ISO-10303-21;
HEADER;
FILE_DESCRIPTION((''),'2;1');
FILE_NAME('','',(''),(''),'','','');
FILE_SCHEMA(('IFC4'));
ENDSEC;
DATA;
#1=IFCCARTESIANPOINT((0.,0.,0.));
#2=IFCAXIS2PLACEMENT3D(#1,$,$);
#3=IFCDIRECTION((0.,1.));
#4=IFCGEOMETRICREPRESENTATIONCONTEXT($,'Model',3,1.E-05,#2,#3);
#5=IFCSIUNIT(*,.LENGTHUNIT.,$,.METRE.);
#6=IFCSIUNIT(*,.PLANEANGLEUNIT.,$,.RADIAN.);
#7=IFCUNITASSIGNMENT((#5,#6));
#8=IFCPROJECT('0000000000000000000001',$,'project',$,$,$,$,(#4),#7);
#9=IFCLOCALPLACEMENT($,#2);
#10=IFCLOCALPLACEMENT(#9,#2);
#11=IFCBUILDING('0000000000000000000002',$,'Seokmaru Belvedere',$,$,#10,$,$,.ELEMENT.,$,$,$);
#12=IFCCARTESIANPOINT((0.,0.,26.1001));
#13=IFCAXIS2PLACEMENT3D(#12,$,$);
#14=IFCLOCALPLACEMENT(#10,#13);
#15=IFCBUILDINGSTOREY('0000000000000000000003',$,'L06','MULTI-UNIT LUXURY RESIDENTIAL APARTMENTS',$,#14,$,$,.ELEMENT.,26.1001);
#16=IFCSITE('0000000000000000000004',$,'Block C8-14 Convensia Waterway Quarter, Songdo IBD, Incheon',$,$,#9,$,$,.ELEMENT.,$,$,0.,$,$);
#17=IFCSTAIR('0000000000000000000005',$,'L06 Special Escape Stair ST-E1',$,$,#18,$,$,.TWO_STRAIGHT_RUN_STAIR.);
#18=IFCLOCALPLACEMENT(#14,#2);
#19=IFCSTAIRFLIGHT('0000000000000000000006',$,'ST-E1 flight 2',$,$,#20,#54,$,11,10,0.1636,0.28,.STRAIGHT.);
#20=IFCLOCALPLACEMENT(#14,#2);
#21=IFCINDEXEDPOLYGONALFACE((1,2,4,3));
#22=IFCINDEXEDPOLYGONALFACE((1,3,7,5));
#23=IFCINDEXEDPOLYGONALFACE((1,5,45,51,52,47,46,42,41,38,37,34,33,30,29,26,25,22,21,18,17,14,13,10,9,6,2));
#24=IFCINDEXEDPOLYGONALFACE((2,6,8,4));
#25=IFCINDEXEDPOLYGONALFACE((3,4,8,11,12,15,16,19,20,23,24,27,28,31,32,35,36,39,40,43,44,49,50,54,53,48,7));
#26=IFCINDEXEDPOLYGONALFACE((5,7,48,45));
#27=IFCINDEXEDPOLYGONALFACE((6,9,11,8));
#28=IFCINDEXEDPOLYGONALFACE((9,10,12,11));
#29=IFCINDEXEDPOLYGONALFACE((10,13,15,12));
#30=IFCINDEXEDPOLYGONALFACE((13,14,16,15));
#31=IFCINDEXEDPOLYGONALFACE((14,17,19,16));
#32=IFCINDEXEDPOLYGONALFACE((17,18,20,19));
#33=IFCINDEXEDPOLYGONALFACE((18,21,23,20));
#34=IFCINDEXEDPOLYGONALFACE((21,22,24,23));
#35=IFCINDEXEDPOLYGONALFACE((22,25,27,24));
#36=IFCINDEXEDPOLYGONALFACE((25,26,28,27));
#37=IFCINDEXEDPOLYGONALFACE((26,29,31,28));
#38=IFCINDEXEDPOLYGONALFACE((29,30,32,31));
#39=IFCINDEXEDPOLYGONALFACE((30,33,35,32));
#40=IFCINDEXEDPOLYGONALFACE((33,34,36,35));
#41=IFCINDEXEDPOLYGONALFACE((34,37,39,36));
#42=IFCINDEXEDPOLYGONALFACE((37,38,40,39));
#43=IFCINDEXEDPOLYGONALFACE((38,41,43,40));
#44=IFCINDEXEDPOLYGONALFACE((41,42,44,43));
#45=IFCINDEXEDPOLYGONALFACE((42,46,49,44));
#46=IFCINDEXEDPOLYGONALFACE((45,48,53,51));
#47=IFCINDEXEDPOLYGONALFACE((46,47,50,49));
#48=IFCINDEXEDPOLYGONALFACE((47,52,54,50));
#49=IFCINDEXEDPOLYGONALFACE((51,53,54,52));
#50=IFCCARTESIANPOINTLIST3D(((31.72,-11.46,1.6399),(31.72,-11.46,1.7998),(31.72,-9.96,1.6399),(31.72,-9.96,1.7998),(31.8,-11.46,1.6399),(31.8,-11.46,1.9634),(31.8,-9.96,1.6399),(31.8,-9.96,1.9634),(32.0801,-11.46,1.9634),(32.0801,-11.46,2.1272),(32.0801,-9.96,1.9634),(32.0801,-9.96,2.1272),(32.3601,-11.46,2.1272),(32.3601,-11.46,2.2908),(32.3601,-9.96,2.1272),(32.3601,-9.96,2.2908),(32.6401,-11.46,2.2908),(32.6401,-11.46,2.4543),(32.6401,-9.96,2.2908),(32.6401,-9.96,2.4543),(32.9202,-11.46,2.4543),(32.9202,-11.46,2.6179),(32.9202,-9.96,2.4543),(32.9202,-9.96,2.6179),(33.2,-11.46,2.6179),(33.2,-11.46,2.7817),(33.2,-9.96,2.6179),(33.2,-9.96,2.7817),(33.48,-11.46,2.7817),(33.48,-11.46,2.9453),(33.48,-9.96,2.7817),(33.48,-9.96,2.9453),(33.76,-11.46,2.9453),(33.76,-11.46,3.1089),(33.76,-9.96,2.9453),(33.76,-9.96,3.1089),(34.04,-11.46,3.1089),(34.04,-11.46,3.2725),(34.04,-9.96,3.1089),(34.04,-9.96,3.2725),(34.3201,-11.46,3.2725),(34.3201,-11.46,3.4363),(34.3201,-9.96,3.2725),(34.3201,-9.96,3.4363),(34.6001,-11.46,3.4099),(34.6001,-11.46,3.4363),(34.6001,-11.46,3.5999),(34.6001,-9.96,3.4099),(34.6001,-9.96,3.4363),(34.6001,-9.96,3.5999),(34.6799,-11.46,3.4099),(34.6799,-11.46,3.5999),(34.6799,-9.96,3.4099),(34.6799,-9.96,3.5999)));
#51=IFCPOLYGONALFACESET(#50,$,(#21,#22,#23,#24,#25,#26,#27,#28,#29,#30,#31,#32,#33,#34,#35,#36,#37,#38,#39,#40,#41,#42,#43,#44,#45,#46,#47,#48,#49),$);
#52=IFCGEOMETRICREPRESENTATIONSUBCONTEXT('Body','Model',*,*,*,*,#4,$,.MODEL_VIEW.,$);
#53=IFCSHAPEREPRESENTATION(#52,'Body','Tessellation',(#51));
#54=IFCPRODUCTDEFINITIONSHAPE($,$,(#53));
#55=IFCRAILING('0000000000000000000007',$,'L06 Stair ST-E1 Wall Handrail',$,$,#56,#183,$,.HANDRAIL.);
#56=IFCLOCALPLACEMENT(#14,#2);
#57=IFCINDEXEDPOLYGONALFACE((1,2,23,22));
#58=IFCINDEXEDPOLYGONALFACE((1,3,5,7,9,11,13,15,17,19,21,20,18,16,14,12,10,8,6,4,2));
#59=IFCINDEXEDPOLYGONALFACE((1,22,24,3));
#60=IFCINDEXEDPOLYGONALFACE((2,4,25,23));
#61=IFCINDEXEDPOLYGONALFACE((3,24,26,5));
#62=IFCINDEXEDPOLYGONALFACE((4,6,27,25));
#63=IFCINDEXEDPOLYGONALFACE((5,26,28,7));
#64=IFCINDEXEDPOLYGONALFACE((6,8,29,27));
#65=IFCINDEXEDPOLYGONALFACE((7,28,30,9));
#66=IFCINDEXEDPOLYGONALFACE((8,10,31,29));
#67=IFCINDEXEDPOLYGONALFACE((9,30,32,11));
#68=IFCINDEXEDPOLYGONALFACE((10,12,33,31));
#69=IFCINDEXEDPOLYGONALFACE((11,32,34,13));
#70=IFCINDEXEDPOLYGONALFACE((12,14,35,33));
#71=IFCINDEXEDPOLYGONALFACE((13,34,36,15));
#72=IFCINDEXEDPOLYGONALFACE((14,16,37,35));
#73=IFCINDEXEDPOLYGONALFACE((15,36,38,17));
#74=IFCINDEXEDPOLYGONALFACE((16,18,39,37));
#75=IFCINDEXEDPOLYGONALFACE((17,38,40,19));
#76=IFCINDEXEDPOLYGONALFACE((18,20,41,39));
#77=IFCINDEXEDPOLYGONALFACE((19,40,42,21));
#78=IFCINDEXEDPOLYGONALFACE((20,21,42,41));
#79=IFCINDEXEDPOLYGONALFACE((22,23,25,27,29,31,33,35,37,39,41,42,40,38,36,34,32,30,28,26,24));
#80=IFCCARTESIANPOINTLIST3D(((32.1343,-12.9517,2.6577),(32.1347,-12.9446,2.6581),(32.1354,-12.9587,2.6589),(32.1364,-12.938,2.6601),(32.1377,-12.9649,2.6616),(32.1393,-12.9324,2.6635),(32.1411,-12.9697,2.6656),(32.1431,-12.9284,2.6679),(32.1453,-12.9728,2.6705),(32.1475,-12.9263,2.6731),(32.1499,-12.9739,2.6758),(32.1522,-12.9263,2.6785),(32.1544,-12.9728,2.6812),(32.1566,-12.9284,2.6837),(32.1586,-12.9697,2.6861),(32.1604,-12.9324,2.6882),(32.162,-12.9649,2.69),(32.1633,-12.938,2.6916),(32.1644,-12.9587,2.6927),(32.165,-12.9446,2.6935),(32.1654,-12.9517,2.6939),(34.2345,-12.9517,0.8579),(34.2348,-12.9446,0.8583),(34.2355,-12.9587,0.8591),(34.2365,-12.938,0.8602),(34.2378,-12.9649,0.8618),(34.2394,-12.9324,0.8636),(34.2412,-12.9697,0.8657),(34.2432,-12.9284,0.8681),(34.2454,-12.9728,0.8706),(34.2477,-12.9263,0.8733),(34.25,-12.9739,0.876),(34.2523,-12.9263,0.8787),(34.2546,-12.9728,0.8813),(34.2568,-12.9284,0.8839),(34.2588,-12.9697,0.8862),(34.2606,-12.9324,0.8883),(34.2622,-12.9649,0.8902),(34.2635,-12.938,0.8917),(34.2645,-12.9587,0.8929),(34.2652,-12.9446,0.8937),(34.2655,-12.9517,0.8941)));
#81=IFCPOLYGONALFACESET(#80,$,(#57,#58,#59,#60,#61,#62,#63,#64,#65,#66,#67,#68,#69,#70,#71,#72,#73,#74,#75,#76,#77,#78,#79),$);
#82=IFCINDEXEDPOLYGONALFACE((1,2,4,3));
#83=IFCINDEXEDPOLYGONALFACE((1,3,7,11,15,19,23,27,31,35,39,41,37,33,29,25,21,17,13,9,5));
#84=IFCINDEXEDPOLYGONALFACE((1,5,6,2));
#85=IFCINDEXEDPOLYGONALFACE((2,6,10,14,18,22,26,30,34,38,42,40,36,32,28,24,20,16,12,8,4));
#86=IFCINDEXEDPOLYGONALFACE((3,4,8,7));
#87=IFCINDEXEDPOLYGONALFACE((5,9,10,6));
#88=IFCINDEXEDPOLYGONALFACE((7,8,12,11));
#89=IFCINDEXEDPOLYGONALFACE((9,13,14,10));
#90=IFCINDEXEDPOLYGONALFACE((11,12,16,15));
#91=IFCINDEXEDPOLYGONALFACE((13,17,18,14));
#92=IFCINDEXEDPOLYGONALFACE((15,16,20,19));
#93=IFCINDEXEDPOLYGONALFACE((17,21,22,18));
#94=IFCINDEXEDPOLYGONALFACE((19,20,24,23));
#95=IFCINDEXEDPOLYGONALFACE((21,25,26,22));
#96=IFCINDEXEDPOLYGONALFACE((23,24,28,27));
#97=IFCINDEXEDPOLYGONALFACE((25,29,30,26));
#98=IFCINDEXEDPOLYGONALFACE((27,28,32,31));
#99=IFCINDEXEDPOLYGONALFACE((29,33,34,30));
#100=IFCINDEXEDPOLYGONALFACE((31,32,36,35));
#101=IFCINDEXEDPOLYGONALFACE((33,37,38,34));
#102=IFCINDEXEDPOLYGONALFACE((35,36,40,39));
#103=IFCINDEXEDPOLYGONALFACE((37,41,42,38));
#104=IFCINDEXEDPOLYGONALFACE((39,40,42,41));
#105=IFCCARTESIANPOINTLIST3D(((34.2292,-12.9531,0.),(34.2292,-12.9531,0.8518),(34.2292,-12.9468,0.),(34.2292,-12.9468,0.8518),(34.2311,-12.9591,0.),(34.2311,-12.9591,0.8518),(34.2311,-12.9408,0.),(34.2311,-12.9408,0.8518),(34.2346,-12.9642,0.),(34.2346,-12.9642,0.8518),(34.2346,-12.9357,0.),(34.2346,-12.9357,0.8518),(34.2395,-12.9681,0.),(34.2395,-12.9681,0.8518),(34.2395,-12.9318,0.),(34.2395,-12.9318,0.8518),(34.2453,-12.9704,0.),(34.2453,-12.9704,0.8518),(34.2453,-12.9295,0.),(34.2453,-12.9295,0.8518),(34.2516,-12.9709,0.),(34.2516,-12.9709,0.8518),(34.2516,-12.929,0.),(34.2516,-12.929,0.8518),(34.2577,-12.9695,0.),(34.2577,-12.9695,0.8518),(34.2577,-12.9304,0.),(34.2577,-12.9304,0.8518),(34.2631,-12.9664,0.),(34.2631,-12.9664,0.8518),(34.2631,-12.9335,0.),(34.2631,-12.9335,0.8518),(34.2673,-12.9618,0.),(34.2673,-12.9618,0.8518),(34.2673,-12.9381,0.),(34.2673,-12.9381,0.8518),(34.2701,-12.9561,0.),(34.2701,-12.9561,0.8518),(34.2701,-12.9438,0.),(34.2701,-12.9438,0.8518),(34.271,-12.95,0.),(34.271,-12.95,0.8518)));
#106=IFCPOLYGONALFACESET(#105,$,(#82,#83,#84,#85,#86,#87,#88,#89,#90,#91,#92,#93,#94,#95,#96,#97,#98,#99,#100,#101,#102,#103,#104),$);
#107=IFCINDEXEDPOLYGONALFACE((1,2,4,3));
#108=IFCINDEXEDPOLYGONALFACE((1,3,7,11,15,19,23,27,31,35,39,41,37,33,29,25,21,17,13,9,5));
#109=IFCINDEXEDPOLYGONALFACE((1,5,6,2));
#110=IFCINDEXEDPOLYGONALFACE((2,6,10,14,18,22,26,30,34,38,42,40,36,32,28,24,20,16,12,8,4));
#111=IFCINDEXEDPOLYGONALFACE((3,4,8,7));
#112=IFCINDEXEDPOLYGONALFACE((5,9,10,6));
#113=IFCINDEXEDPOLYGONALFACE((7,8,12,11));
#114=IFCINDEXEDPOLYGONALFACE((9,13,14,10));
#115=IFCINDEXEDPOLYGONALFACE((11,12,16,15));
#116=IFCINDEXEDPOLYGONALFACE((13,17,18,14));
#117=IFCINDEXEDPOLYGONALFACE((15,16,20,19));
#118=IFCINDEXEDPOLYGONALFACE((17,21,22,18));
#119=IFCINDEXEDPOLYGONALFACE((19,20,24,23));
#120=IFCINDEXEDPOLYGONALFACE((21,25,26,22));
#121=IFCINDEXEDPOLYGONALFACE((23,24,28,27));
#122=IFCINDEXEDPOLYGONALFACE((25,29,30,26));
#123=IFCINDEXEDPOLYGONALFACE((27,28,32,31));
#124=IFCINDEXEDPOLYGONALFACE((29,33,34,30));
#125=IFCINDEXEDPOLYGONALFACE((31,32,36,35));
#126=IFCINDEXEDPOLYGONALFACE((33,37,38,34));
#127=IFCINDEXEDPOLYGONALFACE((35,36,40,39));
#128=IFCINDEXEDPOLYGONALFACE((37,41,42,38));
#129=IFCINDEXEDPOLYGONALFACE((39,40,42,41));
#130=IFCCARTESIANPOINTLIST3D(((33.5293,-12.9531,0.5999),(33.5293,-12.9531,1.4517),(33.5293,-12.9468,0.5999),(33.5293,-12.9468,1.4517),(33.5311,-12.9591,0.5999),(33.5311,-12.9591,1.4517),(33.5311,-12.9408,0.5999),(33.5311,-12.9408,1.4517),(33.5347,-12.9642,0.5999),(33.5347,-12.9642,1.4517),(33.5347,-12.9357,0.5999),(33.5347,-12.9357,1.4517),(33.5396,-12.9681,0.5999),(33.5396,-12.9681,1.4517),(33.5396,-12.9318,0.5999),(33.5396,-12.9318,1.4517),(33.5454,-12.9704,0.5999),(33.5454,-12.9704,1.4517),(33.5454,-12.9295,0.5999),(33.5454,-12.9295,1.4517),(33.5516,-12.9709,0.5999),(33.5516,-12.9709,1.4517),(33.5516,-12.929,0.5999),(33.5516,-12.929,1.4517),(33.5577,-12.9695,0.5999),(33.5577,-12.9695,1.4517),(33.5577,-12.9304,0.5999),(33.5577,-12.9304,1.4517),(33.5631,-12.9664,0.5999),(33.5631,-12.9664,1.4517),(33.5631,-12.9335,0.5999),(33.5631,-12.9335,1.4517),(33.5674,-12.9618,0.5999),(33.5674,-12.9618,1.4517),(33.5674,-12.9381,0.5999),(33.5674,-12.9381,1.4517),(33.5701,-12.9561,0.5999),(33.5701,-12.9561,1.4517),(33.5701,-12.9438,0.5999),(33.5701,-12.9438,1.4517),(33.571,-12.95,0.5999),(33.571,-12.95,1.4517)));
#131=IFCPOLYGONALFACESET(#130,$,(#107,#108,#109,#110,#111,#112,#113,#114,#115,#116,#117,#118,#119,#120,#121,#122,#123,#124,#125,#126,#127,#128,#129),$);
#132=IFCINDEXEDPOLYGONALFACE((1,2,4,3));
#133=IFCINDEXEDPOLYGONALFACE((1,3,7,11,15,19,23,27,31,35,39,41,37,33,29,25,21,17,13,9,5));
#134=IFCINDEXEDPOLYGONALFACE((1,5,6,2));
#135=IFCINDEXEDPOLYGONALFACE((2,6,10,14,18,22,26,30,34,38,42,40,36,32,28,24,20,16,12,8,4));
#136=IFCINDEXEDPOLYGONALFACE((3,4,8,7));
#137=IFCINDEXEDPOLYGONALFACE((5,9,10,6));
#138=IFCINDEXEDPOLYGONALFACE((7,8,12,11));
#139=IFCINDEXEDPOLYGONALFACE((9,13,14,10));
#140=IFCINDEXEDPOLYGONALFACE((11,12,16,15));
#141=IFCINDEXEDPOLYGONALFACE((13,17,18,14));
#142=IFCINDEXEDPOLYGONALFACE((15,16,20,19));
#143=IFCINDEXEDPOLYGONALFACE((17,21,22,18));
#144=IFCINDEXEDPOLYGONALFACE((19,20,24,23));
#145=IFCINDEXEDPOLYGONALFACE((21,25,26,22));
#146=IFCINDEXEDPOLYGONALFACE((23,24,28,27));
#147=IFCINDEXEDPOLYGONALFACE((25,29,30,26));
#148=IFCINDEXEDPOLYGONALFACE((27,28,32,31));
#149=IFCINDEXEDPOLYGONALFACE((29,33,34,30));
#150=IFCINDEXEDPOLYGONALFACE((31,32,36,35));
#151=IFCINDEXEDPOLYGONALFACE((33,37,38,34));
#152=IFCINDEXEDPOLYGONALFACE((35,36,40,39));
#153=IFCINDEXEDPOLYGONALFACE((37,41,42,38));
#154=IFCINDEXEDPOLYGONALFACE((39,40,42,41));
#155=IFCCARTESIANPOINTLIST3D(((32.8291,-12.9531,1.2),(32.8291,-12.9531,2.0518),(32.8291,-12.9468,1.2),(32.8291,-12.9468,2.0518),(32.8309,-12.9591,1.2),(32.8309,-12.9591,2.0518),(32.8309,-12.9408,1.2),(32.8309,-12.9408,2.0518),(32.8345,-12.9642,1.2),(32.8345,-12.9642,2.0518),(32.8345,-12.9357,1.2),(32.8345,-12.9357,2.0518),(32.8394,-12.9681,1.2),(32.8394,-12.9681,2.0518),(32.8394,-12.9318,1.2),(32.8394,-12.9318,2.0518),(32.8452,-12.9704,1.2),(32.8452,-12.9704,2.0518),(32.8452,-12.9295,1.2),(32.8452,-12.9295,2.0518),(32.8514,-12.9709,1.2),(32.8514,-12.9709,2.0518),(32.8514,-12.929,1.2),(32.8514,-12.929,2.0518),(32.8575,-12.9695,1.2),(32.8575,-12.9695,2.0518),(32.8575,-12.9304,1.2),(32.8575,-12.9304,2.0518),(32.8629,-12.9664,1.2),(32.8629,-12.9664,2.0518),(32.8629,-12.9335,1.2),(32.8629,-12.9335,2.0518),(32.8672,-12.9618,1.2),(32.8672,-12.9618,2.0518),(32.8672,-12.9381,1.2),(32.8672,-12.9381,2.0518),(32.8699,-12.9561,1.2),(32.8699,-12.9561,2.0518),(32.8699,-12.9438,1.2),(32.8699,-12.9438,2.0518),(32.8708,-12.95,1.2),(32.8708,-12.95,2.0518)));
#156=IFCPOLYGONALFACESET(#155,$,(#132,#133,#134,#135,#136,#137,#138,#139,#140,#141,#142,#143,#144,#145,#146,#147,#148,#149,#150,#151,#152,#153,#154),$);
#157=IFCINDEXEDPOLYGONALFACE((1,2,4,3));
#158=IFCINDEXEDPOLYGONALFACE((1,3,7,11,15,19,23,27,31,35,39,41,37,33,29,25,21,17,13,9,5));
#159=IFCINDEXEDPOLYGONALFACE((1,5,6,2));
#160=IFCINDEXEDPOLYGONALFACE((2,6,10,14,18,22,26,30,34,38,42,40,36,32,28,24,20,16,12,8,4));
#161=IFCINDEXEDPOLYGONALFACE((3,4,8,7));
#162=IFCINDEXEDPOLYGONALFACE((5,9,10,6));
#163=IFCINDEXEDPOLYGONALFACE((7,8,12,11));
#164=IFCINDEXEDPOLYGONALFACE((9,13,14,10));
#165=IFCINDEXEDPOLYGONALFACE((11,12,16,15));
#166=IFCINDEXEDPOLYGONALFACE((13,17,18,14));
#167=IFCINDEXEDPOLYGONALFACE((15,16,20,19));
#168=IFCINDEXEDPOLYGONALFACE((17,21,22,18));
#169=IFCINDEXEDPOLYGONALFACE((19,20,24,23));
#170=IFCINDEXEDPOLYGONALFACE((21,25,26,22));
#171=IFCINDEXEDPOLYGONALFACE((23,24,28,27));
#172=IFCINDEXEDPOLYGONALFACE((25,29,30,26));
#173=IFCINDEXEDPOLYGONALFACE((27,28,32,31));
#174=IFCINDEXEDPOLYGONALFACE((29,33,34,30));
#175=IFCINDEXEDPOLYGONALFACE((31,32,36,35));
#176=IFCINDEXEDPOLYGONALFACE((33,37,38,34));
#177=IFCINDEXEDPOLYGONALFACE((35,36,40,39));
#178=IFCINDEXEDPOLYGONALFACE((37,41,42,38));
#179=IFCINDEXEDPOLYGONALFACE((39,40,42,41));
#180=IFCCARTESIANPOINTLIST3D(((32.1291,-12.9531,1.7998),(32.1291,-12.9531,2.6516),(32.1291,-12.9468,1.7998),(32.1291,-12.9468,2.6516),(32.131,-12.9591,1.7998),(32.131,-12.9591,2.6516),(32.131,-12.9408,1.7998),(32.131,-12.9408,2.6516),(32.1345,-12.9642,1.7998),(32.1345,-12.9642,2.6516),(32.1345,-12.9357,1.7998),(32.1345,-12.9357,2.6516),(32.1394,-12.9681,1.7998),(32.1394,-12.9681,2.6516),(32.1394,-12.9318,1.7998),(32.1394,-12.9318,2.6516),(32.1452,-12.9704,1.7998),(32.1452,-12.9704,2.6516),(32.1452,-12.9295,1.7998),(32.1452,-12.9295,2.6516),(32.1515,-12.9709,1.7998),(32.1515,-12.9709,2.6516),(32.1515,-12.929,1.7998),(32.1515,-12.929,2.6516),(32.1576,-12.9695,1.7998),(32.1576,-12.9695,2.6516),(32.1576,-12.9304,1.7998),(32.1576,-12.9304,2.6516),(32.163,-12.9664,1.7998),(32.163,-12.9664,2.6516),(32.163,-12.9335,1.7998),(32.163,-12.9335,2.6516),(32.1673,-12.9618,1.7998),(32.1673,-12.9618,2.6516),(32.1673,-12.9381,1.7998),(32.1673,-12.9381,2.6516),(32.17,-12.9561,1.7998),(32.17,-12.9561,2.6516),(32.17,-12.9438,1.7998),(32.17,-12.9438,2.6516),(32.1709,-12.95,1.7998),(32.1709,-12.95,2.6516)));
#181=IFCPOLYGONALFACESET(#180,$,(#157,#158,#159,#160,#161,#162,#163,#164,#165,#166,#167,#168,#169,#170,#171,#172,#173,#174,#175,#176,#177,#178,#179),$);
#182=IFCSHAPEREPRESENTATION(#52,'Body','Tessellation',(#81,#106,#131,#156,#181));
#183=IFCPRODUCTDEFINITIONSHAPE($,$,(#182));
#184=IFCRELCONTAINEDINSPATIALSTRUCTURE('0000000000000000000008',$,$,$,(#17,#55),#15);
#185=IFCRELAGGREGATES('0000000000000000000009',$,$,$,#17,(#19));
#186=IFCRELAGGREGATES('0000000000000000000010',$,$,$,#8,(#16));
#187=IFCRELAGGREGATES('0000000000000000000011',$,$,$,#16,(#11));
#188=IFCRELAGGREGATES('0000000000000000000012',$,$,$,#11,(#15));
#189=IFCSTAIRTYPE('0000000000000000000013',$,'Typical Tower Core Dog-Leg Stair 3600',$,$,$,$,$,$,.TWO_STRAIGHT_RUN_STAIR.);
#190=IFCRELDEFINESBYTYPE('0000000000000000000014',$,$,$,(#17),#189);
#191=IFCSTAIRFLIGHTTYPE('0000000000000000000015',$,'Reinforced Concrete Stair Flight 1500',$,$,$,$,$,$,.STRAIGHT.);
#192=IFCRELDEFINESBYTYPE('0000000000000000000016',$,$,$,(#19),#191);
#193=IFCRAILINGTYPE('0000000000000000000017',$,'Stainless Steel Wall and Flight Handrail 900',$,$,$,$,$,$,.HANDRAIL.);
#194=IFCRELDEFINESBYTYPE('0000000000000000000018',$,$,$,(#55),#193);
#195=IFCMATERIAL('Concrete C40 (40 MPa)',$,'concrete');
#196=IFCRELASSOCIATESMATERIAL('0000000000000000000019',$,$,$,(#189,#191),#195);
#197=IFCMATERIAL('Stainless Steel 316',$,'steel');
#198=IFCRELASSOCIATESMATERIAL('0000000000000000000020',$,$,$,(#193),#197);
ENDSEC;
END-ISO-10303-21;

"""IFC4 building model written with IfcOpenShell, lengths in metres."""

from ifc_helpers import new_model, si_unit, direction, frame, origin, origin_2d, place, context, subcontext, project, spatial, polyline, circle, outline, extrude, material, type_object, element, aggregate, save


model = new_model("IFC4")

# Units and contexts
model_context = context("Model", 3, precision=1e-05, world=origin(), true_north=direction((0.0, 1.0)))
body_context = subcontext(model_context, "Body", "Model", "MODEL_VIEW")
ifc_project = project(units=[si_unit("LENGTHUNIT", "METRE"), si_unit("PLANEANGLEUNIT", "RADIAN")], contexts=[model_context])

# Site, building, storey
site_placement = place(None, origin())
site = spatial("IfcSite", under=ifc_project, at=site_placement, Name="Block C8-14 Convensia Waterway Quarter, Songdo IBD, Incheon", CompositionType="ELEMENT", RefElevation=0.0)
building_placement = place(site_placement, origin())
building = spatial("IfcBuilding", under=site, at=building_placement, Name="Seokmaru Belvedere", CompositionType="ELEMENT")
storey_placement = place(building_placement, frame((0.0, 0.0, 26.1001)))
storey = spatial("IfcBuildingStorey", under=building, at=storey_placement, Name="L06", Description="MULTI-UNIT LUXURY RESIDENTIAL APARTMENTS", CompositionType="ELEMENT", Elevation=26.1001)

# Shared definitions
ifc_material_1 = material(Name="Stainless Steel 316", Category="steel")

# Stair, stair flight
ifc_material_2 = material(Name="Concrete C40 (40 MPa)", Category="concrete")
stair_type = type_object("IfcStairType", Name="Typical Tower Core Dog-Leg Stair 3600", PredefinedType="TWO_STRAIGHT_RUN_STAIR", material=ifc_material_2)
stair_placement = place(storey_placement, origin())
stair = element("IfcStair", 1, at=stair_placement, inside=storey, type_object=stair_type, Name="L06 Special Escape Stair ST-E1", PredefinedType="TWO_STRAIGHT_RUN_STAIR")
stair_flight_type = type_object("IfcStairFlightType", Name="Reinforced Concrete Stair Flight 1500", PredefinedType="STRAIGHT", material=ifc_material_2)
stair_flight_1_placement = place(storey_placement, frame((31.8, -10.71, 1.7998), z_axis=(0.0, 0.0, 1.0), x_axis=(1.0, 0.0, 0.0)))
stair_flight_1 = element("IfcStairFlight", 2, at=stair_flight_1_placement, type_object=stair_flight_type, Name="ST-E1 flight 2", NumberOfRisers=11, NumberOfTreads=10, PredefinedType="STRAIGHT", RiserHeight=0.1636, TreadLength=0.28, context=body_context, shape_type="SweptSolid", body=[
    extrude(outline(polyline([(-0.0801, 0.0), (0.0, 0.1636), (0.28, 0.1636), (0.28, 0.3274), (0.5601, 0.3274), (0.5601, 0.491), (0.8401, 0.491), (0.8401, 0.6545), (1.1201, 0.6545), (1.1201, 0.8181), (1.3999, 0.8181), (1.3999, 0.9819), (1.6799, 0.9819), (1.6799, 1.1455), (1.96, 1.1455), (1.96, 1.3091), (2.24, 1.3091), (2.24, 1.4727), (2.52, 1.4727), (2.52, 1.6365), (2.8, 1.6365), (2.8, 1.8), (2.8799, 1.8), (2.8799, 1.6101), (2.8, 1.6101), (0.0, -0.1599), (-0.0801, -0.1599), (-0.0801, 0.0)])), frame((0.0, 0.75, 0.0), z_axis=(0.0, -1.0, 0.0), x_axis=(1.0, 0.0, 0.0)), (0.0, 0.0, 1.0), 1.5),
])
aggregate(stair, [stair_flight_1])

# Railing
railing_type_1 = type_object("IfcRailingType", Name="Stainless Steel Wall and Flight Handrail 900", PredefinedType="HANDRAIL", material=ifc_material_1)
railing_1_placement = place(storey_placement, frame((34.25, -12.95, 0.0)))
element("IfcRailing", 3, at=railing_1_placement, inside=storey, type_object=railing_type_1, Name="L06 Stair ST-E1 Wall Handrail", PredefinedType="HANDRAIL", context=body_context, shape_type="SweptSolid", body=[
    extrude(circle(Radius=0.0239, at=origin_2d()), frame((0.0, 0.0, 0.876), z_axis=(-0.759306, 0.0, 0.650733), x_axis=(0.0, -1.0, 0.0)), (0.0, 0.0, 1.0), 2.7659),
    extrude(circle(Radius=0.021, at=origin_2d()), origin(), (0.0, 0.0, 1.0), 0.8518),
    extrude(circle(Radius=0.021, at=origin_2d()), frame((-0.7, 0.0, 0.5999)), (0.0, 0.0, 1.0), 0.8518),
    extrude(circle(Radius=0.021, at=origin_2d()), frame((-1.4001, 0.0, 1.2)), (0.0, 0.0, 1.0), 0.8518),
    extrude(circle(Radius=0.021, at=origin_2d()), frame((-2.1001, 0.0, 1.7998)), (0.0, 0.0, 1.0), 0.8518),
])

save(model, "model.ifc")
